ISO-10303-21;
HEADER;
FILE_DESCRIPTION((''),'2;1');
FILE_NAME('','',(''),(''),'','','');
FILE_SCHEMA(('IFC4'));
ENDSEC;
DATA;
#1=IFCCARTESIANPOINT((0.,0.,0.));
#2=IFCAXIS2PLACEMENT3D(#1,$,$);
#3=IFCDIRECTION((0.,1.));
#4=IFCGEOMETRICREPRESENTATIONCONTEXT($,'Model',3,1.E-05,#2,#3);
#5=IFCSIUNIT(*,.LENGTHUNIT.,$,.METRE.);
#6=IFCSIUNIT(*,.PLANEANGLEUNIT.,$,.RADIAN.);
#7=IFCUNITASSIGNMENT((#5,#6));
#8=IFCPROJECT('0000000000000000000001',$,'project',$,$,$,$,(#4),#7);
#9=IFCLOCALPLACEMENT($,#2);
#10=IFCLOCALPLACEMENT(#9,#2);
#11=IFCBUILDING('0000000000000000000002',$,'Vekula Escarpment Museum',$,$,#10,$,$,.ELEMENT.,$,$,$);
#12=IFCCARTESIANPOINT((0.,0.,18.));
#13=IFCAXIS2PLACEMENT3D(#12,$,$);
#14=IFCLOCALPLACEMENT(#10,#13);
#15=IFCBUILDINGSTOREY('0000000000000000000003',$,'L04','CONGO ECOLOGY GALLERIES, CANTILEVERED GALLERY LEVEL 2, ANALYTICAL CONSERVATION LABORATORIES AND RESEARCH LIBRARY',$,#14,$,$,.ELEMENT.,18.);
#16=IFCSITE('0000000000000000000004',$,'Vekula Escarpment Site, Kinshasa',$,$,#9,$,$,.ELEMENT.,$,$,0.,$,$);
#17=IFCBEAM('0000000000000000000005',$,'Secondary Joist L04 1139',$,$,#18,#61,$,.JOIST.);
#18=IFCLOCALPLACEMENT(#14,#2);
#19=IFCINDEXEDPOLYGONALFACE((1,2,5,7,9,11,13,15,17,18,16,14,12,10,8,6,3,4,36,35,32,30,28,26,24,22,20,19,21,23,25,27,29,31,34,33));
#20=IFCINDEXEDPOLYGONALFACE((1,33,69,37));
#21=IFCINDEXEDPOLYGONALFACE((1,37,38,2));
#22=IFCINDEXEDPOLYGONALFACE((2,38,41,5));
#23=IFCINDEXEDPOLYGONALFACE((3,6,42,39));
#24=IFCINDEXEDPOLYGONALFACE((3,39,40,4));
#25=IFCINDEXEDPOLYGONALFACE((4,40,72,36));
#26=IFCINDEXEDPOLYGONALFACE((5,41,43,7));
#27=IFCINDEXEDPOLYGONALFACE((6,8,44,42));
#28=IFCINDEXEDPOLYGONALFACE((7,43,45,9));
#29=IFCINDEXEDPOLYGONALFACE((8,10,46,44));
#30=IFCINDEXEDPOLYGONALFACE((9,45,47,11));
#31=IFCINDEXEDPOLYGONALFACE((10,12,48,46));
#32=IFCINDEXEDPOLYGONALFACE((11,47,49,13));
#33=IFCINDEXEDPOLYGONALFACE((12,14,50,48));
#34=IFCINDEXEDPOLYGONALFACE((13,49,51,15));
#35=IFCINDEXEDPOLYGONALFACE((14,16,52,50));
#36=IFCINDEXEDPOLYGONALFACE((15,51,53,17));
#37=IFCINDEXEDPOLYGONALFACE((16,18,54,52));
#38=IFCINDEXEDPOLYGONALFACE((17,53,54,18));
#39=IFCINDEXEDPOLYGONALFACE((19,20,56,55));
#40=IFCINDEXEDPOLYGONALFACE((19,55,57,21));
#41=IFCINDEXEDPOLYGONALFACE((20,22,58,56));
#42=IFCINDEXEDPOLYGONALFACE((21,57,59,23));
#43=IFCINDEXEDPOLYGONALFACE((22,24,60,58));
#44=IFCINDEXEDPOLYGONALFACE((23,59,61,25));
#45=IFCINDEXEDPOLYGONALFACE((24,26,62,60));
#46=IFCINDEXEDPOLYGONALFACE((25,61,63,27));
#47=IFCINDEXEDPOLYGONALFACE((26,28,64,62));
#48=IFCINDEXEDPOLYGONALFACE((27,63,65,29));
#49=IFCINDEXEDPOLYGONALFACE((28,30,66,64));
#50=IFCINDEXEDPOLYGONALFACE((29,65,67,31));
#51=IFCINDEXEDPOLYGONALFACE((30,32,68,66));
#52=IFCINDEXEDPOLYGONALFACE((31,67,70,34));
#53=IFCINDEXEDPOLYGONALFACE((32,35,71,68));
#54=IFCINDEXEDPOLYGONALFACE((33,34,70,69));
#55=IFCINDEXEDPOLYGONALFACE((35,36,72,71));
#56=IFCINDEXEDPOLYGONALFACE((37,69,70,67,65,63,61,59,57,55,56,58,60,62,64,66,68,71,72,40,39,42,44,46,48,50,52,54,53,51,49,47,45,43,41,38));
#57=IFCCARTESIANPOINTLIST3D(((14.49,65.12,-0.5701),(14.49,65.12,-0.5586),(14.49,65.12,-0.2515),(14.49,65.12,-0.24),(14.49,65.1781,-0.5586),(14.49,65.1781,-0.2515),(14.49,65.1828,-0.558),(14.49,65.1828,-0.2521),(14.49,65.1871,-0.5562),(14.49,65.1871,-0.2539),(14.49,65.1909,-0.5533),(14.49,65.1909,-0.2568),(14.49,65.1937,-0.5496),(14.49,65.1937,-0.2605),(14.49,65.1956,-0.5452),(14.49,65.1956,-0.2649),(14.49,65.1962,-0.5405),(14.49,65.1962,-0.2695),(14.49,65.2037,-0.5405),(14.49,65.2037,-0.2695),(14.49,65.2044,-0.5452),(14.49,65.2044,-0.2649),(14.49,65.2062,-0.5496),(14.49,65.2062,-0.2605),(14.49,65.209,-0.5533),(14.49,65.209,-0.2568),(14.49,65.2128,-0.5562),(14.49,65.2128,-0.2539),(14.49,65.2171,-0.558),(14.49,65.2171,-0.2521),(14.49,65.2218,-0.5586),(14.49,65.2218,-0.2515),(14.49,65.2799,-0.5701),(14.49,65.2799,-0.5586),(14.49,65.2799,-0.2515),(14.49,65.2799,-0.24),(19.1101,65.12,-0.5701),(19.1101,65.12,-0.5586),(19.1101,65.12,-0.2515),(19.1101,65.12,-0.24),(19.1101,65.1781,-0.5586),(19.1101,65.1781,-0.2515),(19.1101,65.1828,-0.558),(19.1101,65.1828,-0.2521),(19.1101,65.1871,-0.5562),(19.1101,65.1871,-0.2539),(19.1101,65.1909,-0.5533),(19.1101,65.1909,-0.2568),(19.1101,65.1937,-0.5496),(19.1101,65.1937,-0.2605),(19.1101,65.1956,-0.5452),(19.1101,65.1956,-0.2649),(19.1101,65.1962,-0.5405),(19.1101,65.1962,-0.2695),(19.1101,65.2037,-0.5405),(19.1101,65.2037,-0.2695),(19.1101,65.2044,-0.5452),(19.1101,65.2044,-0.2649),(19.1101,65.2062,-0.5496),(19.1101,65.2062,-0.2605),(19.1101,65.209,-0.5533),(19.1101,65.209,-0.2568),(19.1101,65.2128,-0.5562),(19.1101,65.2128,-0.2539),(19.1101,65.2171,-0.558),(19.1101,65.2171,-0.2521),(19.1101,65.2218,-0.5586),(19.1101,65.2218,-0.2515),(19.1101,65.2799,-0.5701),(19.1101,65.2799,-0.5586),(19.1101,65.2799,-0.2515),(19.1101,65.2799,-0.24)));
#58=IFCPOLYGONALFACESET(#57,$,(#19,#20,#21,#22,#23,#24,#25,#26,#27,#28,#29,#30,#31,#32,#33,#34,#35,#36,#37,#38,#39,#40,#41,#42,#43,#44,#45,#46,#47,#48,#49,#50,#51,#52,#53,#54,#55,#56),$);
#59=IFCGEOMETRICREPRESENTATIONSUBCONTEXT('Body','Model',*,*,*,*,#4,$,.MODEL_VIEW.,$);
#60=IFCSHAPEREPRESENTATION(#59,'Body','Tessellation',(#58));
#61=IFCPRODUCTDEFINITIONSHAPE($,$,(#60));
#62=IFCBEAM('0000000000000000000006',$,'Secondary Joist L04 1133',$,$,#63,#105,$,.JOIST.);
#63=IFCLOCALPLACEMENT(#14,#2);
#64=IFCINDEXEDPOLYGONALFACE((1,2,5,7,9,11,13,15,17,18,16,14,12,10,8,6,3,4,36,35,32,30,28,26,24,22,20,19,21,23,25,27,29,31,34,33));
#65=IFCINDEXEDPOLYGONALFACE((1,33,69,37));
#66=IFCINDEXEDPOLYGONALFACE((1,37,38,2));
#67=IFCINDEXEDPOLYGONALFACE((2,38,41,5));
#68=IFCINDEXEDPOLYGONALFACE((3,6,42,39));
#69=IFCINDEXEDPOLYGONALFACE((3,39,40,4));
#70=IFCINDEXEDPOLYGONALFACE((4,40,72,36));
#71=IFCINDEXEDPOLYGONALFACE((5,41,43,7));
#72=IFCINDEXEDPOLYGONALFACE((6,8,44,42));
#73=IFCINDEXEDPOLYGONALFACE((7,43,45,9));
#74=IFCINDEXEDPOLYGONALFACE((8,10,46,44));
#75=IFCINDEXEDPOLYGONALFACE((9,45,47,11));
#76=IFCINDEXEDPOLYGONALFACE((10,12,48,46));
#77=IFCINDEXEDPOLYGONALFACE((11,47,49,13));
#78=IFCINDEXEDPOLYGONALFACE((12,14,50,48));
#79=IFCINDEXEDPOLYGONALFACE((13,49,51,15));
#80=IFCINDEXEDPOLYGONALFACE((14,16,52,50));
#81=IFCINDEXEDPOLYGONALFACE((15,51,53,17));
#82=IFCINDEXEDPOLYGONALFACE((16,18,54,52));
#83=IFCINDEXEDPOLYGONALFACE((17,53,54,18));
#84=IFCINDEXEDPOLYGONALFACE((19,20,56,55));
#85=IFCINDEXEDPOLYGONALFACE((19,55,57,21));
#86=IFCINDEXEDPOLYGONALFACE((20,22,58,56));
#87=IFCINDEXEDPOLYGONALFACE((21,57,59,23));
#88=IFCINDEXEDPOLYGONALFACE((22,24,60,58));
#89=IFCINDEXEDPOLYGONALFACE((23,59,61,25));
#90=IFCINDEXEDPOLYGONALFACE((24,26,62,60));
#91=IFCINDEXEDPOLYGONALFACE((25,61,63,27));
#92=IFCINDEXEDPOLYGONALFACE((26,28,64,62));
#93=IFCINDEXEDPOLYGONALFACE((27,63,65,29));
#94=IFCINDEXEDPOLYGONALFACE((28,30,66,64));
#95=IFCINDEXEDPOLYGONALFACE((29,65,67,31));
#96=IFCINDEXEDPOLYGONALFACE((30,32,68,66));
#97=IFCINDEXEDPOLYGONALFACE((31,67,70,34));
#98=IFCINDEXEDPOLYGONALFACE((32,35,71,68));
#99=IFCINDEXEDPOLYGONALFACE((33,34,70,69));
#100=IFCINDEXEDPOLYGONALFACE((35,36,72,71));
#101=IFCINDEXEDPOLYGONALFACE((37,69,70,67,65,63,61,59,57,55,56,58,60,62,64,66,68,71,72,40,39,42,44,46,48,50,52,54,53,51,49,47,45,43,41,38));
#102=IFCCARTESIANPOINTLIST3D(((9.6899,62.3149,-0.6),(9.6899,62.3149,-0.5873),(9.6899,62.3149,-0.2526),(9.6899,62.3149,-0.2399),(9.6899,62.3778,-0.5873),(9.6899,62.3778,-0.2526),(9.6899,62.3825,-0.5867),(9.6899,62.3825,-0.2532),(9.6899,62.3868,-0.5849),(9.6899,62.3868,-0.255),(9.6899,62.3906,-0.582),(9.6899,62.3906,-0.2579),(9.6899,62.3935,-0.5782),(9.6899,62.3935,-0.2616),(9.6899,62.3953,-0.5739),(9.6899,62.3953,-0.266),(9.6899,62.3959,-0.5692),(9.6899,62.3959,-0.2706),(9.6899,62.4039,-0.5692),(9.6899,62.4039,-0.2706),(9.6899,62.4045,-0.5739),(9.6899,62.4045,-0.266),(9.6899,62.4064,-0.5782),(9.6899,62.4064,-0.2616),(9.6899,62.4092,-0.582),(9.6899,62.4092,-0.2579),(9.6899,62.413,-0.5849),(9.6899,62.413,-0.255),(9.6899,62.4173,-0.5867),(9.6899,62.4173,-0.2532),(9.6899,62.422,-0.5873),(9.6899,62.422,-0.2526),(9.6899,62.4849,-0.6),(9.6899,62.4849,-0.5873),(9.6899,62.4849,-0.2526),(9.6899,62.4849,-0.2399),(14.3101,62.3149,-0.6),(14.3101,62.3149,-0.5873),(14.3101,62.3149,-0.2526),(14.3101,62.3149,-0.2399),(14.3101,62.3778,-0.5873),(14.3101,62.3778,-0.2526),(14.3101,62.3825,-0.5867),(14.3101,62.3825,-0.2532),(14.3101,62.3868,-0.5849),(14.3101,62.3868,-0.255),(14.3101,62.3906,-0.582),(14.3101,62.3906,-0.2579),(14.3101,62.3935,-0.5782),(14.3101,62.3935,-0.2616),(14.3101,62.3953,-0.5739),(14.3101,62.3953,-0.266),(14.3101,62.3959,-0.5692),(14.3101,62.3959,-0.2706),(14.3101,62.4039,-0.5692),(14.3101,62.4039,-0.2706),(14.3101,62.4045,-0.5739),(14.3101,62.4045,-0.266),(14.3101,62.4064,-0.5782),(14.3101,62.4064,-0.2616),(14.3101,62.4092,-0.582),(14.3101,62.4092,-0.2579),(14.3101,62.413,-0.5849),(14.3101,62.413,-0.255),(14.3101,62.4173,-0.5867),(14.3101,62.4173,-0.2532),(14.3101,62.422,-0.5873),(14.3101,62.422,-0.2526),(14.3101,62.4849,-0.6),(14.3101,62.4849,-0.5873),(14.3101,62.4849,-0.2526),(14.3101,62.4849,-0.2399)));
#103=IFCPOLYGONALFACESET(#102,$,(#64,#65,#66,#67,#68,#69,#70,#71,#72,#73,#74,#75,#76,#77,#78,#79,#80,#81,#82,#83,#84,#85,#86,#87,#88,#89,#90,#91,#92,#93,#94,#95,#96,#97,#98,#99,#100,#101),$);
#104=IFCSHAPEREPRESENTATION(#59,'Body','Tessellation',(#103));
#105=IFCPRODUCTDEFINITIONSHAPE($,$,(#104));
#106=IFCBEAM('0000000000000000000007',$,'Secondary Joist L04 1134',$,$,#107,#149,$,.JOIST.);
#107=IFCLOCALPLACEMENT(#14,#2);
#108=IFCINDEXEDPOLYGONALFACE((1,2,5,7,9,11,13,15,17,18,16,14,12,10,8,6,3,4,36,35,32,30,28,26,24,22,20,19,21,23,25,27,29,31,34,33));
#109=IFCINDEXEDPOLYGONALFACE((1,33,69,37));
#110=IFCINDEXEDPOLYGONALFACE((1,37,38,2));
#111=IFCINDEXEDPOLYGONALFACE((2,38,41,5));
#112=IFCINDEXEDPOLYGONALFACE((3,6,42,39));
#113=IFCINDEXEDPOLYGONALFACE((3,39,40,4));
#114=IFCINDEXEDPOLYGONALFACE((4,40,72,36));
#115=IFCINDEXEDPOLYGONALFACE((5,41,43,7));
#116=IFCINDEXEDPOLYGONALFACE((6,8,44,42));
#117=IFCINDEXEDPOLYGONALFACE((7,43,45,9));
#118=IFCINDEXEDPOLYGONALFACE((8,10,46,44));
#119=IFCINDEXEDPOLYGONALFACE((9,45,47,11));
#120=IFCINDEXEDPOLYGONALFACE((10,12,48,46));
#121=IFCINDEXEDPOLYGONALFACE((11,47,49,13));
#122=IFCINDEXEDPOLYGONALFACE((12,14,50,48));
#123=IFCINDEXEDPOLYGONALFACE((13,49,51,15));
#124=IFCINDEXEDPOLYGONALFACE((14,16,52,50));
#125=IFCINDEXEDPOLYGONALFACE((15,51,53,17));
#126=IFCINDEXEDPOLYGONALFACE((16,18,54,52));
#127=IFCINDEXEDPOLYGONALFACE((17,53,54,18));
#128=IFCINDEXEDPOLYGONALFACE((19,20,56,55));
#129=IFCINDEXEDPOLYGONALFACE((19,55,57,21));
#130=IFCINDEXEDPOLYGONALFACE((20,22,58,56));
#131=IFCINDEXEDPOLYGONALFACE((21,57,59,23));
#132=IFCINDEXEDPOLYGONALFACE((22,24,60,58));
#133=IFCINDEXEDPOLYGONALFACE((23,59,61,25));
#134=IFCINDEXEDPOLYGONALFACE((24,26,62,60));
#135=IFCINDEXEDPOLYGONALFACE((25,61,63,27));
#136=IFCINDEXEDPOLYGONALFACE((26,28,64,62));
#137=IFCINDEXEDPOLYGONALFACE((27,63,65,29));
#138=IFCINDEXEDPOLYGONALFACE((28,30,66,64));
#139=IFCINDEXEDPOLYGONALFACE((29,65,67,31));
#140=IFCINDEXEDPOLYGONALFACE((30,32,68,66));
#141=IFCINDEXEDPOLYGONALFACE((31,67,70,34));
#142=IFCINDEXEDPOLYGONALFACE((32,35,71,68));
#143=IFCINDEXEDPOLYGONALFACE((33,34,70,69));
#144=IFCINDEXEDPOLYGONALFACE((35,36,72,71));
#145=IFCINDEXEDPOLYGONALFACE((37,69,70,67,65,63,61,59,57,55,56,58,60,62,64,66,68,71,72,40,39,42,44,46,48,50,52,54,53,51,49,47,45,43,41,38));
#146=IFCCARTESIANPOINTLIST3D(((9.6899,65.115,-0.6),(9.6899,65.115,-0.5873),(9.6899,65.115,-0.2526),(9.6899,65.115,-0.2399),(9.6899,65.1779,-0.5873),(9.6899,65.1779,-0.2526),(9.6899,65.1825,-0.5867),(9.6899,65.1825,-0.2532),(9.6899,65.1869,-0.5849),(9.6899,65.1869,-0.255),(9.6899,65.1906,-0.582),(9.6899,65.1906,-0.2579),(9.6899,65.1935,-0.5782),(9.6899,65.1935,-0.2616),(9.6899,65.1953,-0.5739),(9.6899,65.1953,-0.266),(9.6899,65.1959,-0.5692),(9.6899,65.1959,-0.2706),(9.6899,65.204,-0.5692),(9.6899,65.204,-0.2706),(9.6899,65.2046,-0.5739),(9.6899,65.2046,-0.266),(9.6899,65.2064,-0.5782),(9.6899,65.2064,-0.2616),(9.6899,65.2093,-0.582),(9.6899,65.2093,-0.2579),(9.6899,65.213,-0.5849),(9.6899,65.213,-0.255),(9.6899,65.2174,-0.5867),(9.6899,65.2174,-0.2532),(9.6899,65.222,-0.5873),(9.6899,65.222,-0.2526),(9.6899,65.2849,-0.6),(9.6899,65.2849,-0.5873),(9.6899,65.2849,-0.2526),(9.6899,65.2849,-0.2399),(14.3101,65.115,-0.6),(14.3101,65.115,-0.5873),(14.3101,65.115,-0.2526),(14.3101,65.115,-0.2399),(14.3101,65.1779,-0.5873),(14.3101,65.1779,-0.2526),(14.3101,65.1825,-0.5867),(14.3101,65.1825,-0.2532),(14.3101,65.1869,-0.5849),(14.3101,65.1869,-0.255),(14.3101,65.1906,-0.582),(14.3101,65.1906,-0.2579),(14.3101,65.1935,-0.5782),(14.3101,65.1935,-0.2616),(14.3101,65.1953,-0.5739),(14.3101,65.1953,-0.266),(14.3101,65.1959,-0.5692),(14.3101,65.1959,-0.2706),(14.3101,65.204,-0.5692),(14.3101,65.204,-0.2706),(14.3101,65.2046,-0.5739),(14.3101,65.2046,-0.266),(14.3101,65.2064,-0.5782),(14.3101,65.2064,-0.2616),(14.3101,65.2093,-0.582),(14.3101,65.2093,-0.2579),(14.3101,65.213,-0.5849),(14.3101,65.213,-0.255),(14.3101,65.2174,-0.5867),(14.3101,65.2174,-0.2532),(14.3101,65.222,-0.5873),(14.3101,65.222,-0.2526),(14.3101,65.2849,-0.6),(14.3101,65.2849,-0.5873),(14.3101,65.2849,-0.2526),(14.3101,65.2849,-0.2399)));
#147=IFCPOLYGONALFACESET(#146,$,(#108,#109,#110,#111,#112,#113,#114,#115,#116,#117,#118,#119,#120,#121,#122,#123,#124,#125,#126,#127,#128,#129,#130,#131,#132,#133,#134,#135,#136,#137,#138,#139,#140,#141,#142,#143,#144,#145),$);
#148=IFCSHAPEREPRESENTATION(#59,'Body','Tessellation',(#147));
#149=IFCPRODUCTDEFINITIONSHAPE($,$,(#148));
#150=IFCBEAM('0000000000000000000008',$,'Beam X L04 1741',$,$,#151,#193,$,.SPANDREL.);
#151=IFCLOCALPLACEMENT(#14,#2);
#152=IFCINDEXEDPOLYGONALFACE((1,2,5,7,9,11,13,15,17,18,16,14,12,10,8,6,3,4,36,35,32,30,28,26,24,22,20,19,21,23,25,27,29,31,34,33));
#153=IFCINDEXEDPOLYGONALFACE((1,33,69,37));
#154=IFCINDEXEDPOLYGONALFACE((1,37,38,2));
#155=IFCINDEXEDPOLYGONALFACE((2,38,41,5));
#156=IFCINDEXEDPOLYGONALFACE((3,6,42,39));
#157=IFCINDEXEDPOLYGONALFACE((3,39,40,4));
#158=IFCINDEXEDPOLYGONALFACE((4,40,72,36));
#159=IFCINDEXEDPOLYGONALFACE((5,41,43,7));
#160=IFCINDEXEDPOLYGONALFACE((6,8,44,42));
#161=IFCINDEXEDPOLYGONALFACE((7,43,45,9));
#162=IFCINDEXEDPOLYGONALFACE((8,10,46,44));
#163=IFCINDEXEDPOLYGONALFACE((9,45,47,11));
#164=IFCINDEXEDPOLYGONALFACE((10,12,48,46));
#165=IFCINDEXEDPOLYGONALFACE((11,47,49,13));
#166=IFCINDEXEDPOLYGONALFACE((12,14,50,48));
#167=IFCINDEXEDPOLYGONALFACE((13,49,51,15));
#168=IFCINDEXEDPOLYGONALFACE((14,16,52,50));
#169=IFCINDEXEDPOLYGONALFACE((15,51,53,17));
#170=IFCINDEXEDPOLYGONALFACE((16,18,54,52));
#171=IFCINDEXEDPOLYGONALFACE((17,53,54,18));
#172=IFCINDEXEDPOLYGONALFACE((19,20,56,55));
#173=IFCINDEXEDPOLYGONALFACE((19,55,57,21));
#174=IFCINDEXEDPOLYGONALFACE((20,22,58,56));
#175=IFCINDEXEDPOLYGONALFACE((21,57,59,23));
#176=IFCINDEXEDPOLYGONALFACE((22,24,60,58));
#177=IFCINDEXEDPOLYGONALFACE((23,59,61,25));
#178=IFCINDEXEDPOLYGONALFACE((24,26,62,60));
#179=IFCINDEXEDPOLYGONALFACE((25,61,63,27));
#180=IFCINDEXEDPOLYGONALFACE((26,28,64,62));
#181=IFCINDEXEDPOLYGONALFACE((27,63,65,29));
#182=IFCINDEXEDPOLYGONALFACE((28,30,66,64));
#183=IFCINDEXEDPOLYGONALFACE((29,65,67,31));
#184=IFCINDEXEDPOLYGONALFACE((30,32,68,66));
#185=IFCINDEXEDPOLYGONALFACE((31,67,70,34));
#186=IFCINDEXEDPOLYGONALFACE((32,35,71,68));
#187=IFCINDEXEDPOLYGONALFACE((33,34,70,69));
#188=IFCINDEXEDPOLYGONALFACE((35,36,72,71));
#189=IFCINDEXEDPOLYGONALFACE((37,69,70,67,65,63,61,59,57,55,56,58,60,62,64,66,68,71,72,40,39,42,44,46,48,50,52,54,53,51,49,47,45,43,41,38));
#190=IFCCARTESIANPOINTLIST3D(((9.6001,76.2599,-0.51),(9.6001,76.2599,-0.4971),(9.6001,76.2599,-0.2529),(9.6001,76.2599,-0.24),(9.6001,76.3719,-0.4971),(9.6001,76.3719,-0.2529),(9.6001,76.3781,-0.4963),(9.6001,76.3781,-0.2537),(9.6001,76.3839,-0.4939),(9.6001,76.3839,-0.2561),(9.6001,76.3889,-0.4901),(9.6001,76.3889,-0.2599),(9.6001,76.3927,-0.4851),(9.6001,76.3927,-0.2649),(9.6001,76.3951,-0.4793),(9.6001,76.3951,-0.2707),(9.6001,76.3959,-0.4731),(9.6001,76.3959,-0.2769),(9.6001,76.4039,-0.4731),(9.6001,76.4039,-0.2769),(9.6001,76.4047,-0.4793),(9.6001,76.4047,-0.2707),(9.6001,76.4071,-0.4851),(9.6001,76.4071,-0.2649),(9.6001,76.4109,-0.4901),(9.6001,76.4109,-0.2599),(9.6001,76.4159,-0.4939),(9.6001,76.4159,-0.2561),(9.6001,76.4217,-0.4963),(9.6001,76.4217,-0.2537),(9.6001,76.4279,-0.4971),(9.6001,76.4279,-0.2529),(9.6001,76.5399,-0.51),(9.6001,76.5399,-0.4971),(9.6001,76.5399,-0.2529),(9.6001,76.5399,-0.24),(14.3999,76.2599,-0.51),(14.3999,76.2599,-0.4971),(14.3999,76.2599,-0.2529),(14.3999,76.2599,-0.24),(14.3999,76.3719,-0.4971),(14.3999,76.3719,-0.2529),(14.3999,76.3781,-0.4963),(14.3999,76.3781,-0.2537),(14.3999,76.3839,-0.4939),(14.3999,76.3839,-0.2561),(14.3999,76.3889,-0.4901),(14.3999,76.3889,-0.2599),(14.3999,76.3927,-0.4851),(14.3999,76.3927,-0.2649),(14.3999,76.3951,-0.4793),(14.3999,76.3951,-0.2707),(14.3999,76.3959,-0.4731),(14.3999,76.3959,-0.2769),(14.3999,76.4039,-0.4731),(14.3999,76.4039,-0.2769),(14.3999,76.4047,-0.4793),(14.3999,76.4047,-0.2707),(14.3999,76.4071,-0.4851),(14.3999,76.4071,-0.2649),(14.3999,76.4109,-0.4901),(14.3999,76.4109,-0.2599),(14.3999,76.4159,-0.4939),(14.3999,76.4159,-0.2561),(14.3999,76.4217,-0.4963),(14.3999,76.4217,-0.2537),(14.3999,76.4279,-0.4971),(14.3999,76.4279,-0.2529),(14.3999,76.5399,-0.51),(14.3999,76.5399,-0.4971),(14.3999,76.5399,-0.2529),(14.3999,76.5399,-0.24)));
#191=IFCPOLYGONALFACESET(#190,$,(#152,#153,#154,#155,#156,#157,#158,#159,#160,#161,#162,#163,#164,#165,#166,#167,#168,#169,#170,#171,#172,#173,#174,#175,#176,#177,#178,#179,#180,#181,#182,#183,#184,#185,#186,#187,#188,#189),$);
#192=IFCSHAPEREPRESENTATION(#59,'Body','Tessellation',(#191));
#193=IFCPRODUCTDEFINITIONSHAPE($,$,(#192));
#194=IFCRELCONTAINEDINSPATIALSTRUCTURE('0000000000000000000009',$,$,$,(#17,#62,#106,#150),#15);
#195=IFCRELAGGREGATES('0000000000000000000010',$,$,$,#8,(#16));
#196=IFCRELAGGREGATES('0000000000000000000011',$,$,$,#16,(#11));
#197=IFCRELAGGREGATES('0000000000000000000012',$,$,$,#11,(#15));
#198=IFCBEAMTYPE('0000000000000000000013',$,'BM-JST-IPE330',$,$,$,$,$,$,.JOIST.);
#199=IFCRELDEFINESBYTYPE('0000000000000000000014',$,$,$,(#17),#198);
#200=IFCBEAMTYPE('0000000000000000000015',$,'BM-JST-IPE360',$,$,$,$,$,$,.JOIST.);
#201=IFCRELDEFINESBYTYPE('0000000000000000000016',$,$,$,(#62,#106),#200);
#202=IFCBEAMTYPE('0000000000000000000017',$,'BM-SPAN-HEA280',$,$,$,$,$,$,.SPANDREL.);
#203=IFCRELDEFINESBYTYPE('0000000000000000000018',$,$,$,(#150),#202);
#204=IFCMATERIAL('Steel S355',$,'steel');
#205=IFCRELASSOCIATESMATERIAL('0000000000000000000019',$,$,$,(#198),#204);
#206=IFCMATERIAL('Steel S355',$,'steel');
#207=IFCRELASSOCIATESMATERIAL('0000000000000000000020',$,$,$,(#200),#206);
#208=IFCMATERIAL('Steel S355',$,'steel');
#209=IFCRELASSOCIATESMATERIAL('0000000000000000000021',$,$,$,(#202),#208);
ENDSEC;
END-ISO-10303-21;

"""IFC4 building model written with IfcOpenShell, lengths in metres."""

from ifc_helpers import new_model, si_unit, direction, frame, origin, origin_2d, place, context, subcontext, project, spatial, i_section, extrude, material, material_profile, profile_set, type_object, element, save


model = new_model("IFC4")

# Units and contexts
model_context = context("Model", 3, precision=1e-05, world=origin(), true_north=direction((0.0, 1.0)))
body_context = subcontext(model_context, "Body", "Model", "MODEL_VIEW")
ifc_project = project(units=[si_unit("LENGTHUNIT", "METRE"), si_unit("PLANEANGLEUNIT", "RADIAN")], contexts=[model_context])

# Site, building, storey
site_placement = place(None, origin())
site = spatial("IfcSite", under=ifc_project, at=site_placement, Name="Vekula Escarpment Site, Kinshasa", CompositionType="ELEMENT", RefElevation=0.0)
building_placement = place(site_placement, origin())
building = spatial("IfcBuilding", under=site, at=building_placement, Name="Vekula Escarpment Museum", CompositionType="ELEMENT")
storey_placement = place(building_placement, frame((0.0, 0.0, 18.0)))
storey = spatial("IfcBuildingStorey", under=building, at=storey_placement, Name="L04", Description="CONGO ECOLOGY GALLERIES, CANTILEVERED GALLERY LEVEL 2, ANALYTICAL CONSERVATION LABORATORIES AND RESEARCH LIBRARY", CompositionType="ELEMENT", Elevation=18.0)

# Beams
ifc_material_1 = material(Name="Steel S355", Category="steel")
ifc_material_profile_1 = material_profile(ifc_material_1, i_section(OverallWidth=0.1599, OverallDepth=0.3301, WebThickness=0.0076, FlangeThickness=0.0115, FilletRadius=0.0181, at=origin_2d()), Name="IPE 330")
ifc_profile_set_1 = profile_set([ifc_material_profile_1], Name="Steel S355")
beam_type_1 = type_object("IfcBeamType", Name="BM-JST-IPE330", PredefinedType="JOIST", material=ifc_profile_set_1)
for number, where, z_axis, x_axis, name in (
    (1, (14.49, 65.2, -0.405), (1.0, 0.0, 0.0), (0.0, 1.0, 0.0), "Secondary Joist L04 1139"),
):
    element("IfcBeam", number, at=place(storey_placement, frame(where, z_axis=z_axis, x_axis=x_axis)), inside=storey, type_object=beam_type_1, Name=name, PredefinedType="JOIST", context=body_context, shape_type="SweptSolid", body=[
        extrude(i_section(OverallWidth=0.1599, OverallDepth=0.3301, WebThickness=0.0076, FlangeThickness=0.0115, FilletRadius=0.0181, at=origin_2d()), origin(), (0.0, 0.0, 1.0), 4.6201),
    ])
ifc_material_2 = material(Name="Steel S355", Category="steel")
ifc_material_profile_2 = material_profile(ifc_material_2, i_section(OverallWidth=0.1699, OverallDepth=0.3601, WebThickness=0.0081, FlangeThickness=0.0127, FilletRadius=0.0181, at=origin_2d()), Name="IPE 360")
ifc_profile_set_2 = profile_set([ifc_material_profile_2], Name="Steel S355")
beam_type_2 = type_object("IfcBeamType", Name="BM-JST-IPE360", PredefinedType="JOIST", material=ifc_profile_set_2)
for number, where, z_axis, x_axis, name in (
    (2, (9.6899, 62.3999, -0.4199), (1.0, 0.0, 0.0), (0.0, 1.0, 0.0), "Secondary Joist L04 1133"),
    (3, (9.6899, 65.2, -0.4199), (1.0, 0.0, 0.0), (0.0, 1.0, 0.0), "Secondary Joist L04 1134"),
):
    element("IfcBeam", number, at=place(storey_placement, frame(where, z_axis=z_axis, x_axis=x_axis)), inside=storey, type_object=beam_type_2, Name=name, PredefinedType="JOIST", context=body_context, shape_type="SweptSolid", body=[
        extrude(i_section(OverallWidth=0.1699, OverallDepth=0.3601, WebThickness=0.0081, FlangeThickness=0.0127, FilletRadius=0.0181, at=origin_2d()), origin(), (0.0, 0.0, 1.0), 4.6201),
    ])
ifc_material_3 = material(Name="Steel S355", Category="steel")
ifc_material_profile_3 = material_profile(ifc_material_3, i_section(OverallWidth=0.28, OverallDepth=0.27, WebThickness=0.0081, FlangeThickness=0.0129, FilletRadius=0.0239, at=origin_2d()), Name="HEA 280")
ifc_profile_set_3 = profile_set([ifc_material_profile_3], Name="Steel S355")
beam_type_3 = type_object("IfcBeamType", Name="BM-SPAN-HEA280", PredefinedType="SPANDREL", material=ifc_profile_set_3)
beam_1_placement = place(storey_placement, frame((9.6001, 76.3999, -0.375), z_axis=(1.0, 0.0, 0.0), x_axis=(0.0, 1.0, 0.0)))
element("IfcBeam", 4, at=beam_1_placement, inside=storey, type_object=beam_type_3, Name="Beam X L04 1741", PredefinedType="SPANDREL", context=body_context, shape_type="SweptSolid", body=[
    extrude(i_section(OverallWidth=0.28, OverallDepth=0.27, WebThickness=0.0081, FlangeThickness=0.0129, FilletRadius=0.0239, at=origin_2d()), origin(), (0.0, 0.0, 1.0), 4.7998),
])

save(model, "model.ifc")
